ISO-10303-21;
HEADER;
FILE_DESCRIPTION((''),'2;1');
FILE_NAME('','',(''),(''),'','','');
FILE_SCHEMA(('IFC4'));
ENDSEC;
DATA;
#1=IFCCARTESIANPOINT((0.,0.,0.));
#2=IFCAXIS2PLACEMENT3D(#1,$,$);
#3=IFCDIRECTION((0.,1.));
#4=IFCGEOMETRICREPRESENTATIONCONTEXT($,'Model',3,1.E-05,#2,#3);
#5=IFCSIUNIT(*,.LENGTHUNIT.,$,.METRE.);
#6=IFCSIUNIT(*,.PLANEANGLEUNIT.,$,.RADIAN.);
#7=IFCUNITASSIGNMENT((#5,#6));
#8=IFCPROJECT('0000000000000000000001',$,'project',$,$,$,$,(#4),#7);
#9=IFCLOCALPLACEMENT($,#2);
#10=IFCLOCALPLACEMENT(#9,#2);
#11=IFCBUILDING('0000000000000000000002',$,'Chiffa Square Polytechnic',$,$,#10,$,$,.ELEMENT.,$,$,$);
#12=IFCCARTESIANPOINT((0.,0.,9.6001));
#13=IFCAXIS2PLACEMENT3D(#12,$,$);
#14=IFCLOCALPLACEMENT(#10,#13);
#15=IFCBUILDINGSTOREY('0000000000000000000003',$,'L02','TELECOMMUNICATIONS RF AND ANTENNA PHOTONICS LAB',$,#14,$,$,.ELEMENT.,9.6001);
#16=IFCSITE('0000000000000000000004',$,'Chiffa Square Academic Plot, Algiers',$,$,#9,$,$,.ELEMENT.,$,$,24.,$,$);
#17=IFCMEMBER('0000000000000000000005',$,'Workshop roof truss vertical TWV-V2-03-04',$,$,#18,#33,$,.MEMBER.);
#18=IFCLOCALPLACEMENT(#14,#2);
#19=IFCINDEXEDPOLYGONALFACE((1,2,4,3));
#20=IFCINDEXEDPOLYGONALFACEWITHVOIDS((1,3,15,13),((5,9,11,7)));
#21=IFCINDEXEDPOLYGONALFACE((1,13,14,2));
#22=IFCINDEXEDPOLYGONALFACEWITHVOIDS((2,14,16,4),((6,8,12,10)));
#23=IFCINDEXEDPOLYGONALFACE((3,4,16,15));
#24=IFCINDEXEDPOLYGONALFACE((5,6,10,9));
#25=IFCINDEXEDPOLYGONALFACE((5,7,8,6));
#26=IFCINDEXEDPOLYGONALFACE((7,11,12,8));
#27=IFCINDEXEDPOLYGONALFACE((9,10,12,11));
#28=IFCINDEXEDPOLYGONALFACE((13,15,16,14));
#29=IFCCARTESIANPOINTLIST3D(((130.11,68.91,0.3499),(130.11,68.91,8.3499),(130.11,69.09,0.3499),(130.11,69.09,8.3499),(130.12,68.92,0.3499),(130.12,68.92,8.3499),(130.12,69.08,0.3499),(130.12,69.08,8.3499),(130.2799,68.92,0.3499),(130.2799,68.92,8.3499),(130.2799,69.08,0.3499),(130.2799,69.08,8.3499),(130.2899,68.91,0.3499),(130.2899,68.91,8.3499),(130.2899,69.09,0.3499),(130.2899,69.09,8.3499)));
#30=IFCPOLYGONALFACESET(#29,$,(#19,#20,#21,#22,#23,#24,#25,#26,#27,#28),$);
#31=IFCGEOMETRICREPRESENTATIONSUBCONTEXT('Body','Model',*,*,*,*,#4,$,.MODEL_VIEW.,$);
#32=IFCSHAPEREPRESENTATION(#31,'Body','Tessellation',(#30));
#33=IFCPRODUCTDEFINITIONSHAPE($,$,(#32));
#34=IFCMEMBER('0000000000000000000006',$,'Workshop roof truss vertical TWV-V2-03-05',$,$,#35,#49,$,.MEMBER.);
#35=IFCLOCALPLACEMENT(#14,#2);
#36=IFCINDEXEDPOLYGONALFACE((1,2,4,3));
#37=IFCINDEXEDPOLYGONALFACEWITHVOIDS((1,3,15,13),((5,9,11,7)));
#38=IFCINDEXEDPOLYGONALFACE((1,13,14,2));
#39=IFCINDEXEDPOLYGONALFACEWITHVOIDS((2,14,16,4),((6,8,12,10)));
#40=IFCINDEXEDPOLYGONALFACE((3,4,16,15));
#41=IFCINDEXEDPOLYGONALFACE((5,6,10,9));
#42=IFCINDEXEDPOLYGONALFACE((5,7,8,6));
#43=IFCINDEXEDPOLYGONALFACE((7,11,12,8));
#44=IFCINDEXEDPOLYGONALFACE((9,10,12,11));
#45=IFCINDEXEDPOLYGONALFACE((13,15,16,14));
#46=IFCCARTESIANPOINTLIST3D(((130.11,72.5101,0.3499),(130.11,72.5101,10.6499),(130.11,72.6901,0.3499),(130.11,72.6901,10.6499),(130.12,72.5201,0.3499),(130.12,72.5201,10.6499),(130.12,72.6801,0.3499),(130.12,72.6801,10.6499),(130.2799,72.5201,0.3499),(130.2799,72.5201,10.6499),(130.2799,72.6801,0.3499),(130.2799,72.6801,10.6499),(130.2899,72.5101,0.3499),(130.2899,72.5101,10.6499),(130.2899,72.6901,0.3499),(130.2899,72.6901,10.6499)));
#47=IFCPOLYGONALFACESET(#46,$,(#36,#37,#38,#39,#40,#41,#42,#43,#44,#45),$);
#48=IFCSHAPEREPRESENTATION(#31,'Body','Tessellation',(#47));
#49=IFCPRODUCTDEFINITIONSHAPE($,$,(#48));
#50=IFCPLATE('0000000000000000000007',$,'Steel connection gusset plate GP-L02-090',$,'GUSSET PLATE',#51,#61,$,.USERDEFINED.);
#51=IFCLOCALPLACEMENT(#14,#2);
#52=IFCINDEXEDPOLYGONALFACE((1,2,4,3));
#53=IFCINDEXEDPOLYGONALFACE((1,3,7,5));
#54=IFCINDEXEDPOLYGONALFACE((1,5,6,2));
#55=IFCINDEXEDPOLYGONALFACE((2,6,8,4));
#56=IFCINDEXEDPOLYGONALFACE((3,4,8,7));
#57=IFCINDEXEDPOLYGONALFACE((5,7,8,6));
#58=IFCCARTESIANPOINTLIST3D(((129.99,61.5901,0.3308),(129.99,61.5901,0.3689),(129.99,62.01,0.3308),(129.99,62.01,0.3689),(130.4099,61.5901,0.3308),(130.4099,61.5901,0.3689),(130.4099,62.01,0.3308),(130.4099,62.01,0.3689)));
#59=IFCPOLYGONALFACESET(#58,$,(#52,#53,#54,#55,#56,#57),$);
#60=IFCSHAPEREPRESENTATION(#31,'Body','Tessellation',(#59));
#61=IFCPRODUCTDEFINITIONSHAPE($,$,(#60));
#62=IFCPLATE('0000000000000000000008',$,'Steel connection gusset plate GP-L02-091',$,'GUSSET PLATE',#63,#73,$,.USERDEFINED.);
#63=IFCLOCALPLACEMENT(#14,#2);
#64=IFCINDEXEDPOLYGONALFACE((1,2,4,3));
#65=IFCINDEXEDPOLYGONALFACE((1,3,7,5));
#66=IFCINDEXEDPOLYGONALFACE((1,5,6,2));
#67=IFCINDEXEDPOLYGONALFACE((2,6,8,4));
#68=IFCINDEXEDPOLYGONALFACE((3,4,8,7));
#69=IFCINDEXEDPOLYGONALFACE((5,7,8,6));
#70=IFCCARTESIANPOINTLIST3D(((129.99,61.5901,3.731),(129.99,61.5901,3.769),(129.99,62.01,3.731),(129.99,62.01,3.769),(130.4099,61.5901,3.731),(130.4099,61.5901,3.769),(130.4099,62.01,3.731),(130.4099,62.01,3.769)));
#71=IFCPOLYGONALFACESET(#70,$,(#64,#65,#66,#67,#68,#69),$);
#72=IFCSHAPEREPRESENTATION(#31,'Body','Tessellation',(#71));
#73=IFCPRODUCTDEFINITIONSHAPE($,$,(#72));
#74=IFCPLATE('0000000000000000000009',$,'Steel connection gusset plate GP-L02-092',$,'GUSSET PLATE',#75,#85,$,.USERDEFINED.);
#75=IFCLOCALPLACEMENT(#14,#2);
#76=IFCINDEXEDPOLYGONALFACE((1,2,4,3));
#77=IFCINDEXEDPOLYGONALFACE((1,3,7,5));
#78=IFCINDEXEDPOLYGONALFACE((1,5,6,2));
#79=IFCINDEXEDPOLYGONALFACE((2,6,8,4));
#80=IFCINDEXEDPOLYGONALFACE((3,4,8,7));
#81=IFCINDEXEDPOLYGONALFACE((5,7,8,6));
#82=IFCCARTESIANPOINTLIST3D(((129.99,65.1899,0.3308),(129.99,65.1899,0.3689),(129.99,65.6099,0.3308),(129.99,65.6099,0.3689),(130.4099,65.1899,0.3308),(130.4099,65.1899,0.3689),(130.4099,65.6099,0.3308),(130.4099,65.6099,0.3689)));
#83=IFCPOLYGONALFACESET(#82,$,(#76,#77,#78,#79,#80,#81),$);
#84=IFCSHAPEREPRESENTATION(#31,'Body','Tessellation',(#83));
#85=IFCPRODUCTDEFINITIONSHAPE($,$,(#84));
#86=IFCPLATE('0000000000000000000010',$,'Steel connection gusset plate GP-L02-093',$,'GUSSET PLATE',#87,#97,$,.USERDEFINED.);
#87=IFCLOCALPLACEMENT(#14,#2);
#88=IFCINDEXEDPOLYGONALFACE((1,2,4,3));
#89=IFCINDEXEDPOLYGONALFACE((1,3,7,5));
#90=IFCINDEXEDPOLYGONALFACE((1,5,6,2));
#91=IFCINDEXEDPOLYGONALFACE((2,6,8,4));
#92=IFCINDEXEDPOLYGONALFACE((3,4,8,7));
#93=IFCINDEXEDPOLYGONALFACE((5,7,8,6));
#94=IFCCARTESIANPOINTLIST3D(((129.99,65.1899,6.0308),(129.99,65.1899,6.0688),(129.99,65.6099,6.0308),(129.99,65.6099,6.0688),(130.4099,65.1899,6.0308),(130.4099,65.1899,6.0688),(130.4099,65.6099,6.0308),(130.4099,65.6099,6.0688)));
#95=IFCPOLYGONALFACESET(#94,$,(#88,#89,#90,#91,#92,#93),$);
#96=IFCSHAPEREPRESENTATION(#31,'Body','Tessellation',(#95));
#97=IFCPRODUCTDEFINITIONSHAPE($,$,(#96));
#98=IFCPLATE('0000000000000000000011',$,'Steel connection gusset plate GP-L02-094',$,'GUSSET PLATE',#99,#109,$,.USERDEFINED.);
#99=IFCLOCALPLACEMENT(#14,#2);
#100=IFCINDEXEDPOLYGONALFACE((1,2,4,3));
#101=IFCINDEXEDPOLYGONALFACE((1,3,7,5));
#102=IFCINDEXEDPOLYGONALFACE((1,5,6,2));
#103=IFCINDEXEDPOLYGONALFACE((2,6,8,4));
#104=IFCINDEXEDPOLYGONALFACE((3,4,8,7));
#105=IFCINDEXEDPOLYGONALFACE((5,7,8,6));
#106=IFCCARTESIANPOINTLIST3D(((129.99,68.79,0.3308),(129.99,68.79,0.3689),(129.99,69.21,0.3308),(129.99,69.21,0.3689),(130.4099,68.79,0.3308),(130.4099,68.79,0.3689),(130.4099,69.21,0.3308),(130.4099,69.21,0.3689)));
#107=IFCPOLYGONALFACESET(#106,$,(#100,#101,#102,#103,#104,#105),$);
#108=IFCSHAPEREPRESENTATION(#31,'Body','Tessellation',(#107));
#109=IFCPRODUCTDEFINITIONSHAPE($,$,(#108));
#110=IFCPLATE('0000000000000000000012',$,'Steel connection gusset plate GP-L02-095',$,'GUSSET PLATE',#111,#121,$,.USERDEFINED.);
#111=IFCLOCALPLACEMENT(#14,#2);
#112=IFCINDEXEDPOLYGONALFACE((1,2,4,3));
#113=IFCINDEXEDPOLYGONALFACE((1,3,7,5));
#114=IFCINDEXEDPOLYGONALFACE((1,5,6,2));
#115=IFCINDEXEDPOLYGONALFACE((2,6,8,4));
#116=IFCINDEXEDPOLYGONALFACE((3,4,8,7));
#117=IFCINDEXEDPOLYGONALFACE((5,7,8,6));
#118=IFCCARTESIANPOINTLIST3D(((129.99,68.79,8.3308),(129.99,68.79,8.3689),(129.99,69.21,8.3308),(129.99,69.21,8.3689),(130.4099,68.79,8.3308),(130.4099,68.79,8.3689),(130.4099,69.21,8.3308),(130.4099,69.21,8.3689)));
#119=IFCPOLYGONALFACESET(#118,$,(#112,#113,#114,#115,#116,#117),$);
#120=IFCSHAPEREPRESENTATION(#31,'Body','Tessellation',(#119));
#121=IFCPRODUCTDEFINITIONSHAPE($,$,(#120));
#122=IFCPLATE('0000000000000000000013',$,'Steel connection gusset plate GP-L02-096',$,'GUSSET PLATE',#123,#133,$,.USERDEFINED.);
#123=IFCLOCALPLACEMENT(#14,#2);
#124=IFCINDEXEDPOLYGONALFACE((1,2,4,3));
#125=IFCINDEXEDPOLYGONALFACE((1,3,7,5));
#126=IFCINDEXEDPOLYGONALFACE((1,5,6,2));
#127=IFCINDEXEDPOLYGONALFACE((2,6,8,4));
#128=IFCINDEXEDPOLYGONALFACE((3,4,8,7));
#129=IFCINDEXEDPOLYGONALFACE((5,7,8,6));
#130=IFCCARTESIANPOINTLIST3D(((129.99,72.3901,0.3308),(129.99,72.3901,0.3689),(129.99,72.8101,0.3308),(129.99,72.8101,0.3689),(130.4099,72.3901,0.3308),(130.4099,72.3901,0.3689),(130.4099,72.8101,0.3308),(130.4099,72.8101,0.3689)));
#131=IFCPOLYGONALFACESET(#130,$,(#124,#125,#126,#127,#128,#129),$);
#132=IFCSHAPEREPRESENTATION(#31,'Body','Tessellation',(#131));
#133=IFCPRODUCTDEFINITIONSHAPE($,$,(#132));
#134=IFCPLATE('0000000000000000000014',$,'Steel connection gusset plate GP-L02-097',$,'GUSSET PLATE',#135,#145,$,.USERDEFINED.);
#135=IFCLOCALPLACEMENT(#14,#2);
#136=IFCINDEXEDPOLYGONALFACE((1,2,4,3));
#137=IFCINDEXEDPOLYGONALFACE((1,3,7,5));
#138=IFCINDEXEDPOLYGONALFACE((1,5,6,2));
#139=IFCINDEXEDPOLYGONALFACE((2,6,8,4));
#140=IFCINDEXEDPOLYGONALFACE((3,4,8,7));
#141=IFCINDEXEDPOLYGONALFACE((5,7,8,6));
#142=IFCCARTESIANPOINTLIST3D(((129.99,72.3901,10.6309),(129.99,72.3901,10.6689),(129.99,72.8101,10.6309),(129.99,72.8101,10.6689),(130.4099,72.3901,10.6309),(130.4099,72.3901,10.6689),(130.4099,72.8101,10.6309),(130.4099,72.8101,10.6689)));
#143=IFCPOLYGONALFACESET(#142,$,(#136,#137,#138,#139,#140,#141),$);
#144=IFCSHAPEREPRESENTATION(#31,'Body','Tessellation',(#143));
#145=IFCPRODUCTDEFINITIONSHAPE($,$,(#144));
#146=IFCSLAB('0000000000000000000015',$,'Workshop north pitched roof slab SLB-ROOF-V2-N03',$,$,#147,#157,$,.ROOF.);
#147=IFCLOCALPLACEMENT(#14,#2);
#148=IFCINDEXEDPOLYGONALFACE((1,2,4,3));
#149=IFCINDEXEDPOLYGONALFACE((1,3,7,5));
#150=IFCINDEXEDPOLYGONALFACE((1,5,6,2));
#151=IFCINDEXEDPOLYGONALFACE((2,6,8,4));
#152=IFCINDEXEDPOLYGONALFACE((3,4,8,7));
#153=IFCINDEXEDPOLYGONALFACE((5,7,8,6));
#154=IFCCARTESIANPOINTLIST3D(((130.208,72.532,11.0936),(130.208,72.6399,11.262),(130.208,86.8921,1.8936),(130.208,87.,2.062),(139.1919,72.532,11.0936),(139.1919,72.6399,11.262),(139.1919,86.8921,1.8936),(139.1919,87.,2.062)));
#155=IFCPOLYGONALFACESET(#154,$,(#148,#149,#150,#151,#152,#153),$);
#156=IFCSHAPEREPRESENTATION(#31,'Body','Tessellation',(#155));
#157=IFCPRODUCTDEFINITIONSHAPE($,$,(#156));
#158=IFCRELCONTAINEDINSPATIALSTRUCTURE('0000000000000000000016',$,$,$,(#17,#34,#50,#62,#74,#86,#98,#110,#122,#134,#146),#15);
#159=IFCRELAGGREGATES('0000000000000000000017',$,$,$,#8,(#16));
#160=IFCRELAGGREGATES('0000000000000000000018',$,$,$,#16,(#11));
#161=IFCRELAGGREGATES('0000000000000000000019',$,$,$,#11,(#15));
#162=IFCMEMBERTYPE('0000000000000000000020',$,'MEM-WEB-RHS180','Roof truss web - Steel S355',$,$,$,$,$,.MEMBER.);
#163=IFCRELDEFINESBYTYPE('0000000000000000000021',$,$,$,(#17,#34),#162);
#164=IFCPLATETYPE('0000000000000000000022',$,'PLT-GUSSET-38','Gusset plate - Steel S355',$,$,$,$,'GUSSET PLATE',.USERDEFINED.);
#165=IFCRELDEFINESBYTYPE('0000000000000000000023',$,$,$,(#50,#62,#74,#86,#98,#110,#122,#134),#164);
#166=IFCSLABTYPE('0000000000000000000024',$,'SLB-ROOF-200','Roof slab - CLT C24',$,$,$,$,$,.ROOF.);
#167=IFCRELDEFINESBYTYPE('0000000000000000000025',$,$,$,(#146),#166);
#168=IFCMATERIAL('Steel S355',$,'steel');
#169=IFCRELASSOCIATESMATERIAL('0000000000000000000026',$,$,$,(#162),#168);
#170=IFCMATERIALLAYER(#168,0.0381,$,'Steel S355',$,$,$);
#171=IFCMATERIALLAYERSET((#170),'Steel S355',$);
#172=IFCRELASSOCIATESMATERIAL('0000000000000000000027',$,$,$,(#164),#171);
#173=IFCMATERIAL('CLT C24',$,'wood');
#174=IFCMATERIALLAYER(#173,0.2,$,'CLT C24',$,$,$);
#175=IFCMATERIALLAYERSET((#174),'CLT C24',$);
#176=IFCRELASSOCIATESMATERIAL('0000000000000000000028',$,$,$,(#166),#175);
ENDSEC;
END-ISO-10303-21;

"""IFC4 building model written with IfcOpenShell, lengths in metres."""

from ifc_helpers import new_model, si_unit, direction, frame, origin, origin_2d, place, context, subcontext, project, spatial, polyline, rectangle, hollow_rectangle, outline, extrude, material, layer, layer_set, material_profile, profile_set, type_object, element, save


model = new_model("IFC4")

# Units and contexts
model_context = context("Model", 3, precision=1e-05, world=origin(), true_north=direction((0.0, 1.0)))
body_context = subcontext(model_context, "Body", "Model", "MODEL_VIEW")
ifc_project = project(units=[si_unit("LENGTHUNIT", "METRE"), si_unit("PLANEANGLEUNIT", "RADIAN")], contexts=[model_context])

# Site, building, storey
site_placement = place(None, origin())
site = spatial("IfcSite", under=ifc_project, at=site_placement, Name="Chiffa Square Academic Plot, Algiers", CompositionType="ELEMENT", RefElevation=24.0)
building_placement = place(site_placement, origin())
building = spatial("IfcBuilding", under=site, at=building_placement, Name="Chiffa Square Polytechnic", CompositionType="ELEMENT")
storey_placement = place(building_placement, frame((0.0, 0.0, 9.6001)))
storey = spatial("IfcBuildingStorey", under=building, at=storey_placement, Name="L02", Description="TELECOMMUNICATIONS RF AND ANTENNA PHOTONICS LAB", CompositionType="ELEMENT", Elevation=9.6001)

# Shared definitions
ifc_material_1 = material(Name="Steel S355", Category="steel")

# Members
ifc_material_profile_1 = material_profile(ifc_material_1, hollow_rectangle(XDim=0.1799, YDim=0.1799, WallThickness=0.01, at=origin_2d()), Name="RHS 180x180x10")
ifc_profile_set_1 = profile_set([ifc_material_profile_1], Name="Steel S355")
member_type_1 = type_object("IfcMemberType", Name="MEM-WEB-RHS180", Description="Roof truss web - Steel S355", PredefinedType="MEMBER", material=ifc_profile_set_1)
member_1_placement = place(storey_placement, frame((130.2, 69.0, 0.3499), z_axis=(0.0, 0.0, 1.0), x_axis=(1.0, 0.0, 0.0)))
element("IfcMember", 1, at=member_1_placement, inside=storey, type_object=member_type_1, Name="Workshop roof truss vertical TWV-V2-03-04", PredefinedType="MEMBER", context=body_context, shape_type="SweptSolid", body=[
    extrude(hollow_rectangle(XDim=0.1799, YDim=0.1799, WallThickness=0.01, at=origin_2d()), origin(), (0.0, 0.0, 1.0), 8.0),
])
member_2_placement = place(storey_placement, frame((130.2, 72.6001, 0.3499), z_axis=(0.0, 0.0, 1.0), x_axis=(1.0, 0.0, 0.0)))
element("IfcMember", 2, at=member_2_placement, inside=storey, type_object=member_type_1, Name="Workshop roof truss vertical TWV-V2-03-05", PredefinedType="MEMBER", context=body_context, shape_type="SweptSolid", body=[
    extrude(hollow_rectangle(XDim=0.1799, YDim=0.1799, WallThickness=0.01, at=origin_2d()), origin(), (0.0, 0.0, 1.0), 10.3),
])

# Plates
ifc_layer_1 = layer(ifc_material_1, 0.0381, Name="Steel S355")
ifc_layer_set_1 = layer_set([ifc_layer_1], Name="Steel S355")
plate_type = type_object("IfcPlateType", Name="PLT-GUSSET-38", Description="Gusset plate - Steel S355", ElementType="GUSSET PLATE", PredefinedType="USERDEFINED", material=ifc_layer_set_1)
for number, where, z_axis, x_axis, name in (
    (3, (130.2, 61.8, 0.3308), (0.0, 0.0, 1.0), (1.0, 0.0, 0.0), "Steel connection gusset plate GP-L02-090"),
    (4, (130.2, 61.8, 3.731), (0.0, 0.0, 1.0), (1.0, 0.0, 0.0), "Steel connection gusset plate GP-L02-091"),
    (5, (130.2, 65.3999, 0.3308), (0.0, 0.0, 1.0), (1.0, 0.0, 0.0), "Steel connection gusset plate GP-L02-092"),
    (6, (130.2, 65.3999, 6.0308), (0.0, 0.0, 1.0), (1.0, 0.0, 0.0), "Steel connection gusset plate GP-L02-093"),
    (7, (130.2, 69.0, 0.3308), (0.0, 0.0, 1.0), (1.0, 0.0, 0.0), "Steel connection gusset plate GP-L02-094"),
    (8, (130.2, 69.0, 8.3308), (0.0, 0.0, 1.0), (1.0, 0.0, 0.0), "Steel connection gusset plate GP-L02-095"),
    (9, (130.2, 72.6001, 0.3308), (0.0, 0.0, 1.0), (1.0, 0.0, 0.0), "Steel connection gusset plate GP-L02-096"),
    (10, (130.2, 72.6001, 10.6309), (0.0, 0.0, 1.0), (1.0, 0.0, 0.0), "Steel connection gusset plate GP-L02-097"),
):
    element("IfcPlate", number, at=place(storey_placement, frame(where, z_axis=z_axis, x_axis=x_axis)), inside=storey, type_object=plate_type, Name=name, ObjectType="GUSSET PLATE", PredefinedType="USERDEFINED", context=body_context, shape_type="SweptSolid", body=[
        extrude(rectangle(XDim=0.4199, YDim=0.4199, at=origin_2d()), origin(), (0.0, 0.0, 1.0), 0.0381),
    ])

# Slab
ifc_material_2 = material(Name="CLT C24", Category="wood")
ifc_layer_2 = layer(ifc_material_2, 0.2, Name="CLT C24")
ifc_layer_set_2 = layer_set([ifc_layer_2], Name="CLT C24")
slab_type = type_object("IfcSlabType", Name="SLB-ROOF-200", Description="Roof slab - CLT C24", PredefinedType="ROOF", material=ifc_layer_set_2)
slab_placement = place(storey_placement, frame((130.208, 72.6399, 11.262), z_axis=(0.0, 0.539448, 0.842019), x_axis=(1.0, 0.0, 0.0)))
element("IfcSlab", 11, at=slab_placement, inside=storey, type_object=slab_type, Name="Workshop north pitched roof slab SLB-ROOF-V2-N03", PredefinedType="ROOF", context=body_context, shape_type="SweptSolid", body=[
    extrude(outline(polyline([(0.0, 0.0), (8.9839, 0.0), (8.9839, 17.0544), (0.0, 17.0544), (0.0, 0.0)])), origin(), (0.0, 0.0, -1.0), 0.2),
])

save(model, "model.ifc")
